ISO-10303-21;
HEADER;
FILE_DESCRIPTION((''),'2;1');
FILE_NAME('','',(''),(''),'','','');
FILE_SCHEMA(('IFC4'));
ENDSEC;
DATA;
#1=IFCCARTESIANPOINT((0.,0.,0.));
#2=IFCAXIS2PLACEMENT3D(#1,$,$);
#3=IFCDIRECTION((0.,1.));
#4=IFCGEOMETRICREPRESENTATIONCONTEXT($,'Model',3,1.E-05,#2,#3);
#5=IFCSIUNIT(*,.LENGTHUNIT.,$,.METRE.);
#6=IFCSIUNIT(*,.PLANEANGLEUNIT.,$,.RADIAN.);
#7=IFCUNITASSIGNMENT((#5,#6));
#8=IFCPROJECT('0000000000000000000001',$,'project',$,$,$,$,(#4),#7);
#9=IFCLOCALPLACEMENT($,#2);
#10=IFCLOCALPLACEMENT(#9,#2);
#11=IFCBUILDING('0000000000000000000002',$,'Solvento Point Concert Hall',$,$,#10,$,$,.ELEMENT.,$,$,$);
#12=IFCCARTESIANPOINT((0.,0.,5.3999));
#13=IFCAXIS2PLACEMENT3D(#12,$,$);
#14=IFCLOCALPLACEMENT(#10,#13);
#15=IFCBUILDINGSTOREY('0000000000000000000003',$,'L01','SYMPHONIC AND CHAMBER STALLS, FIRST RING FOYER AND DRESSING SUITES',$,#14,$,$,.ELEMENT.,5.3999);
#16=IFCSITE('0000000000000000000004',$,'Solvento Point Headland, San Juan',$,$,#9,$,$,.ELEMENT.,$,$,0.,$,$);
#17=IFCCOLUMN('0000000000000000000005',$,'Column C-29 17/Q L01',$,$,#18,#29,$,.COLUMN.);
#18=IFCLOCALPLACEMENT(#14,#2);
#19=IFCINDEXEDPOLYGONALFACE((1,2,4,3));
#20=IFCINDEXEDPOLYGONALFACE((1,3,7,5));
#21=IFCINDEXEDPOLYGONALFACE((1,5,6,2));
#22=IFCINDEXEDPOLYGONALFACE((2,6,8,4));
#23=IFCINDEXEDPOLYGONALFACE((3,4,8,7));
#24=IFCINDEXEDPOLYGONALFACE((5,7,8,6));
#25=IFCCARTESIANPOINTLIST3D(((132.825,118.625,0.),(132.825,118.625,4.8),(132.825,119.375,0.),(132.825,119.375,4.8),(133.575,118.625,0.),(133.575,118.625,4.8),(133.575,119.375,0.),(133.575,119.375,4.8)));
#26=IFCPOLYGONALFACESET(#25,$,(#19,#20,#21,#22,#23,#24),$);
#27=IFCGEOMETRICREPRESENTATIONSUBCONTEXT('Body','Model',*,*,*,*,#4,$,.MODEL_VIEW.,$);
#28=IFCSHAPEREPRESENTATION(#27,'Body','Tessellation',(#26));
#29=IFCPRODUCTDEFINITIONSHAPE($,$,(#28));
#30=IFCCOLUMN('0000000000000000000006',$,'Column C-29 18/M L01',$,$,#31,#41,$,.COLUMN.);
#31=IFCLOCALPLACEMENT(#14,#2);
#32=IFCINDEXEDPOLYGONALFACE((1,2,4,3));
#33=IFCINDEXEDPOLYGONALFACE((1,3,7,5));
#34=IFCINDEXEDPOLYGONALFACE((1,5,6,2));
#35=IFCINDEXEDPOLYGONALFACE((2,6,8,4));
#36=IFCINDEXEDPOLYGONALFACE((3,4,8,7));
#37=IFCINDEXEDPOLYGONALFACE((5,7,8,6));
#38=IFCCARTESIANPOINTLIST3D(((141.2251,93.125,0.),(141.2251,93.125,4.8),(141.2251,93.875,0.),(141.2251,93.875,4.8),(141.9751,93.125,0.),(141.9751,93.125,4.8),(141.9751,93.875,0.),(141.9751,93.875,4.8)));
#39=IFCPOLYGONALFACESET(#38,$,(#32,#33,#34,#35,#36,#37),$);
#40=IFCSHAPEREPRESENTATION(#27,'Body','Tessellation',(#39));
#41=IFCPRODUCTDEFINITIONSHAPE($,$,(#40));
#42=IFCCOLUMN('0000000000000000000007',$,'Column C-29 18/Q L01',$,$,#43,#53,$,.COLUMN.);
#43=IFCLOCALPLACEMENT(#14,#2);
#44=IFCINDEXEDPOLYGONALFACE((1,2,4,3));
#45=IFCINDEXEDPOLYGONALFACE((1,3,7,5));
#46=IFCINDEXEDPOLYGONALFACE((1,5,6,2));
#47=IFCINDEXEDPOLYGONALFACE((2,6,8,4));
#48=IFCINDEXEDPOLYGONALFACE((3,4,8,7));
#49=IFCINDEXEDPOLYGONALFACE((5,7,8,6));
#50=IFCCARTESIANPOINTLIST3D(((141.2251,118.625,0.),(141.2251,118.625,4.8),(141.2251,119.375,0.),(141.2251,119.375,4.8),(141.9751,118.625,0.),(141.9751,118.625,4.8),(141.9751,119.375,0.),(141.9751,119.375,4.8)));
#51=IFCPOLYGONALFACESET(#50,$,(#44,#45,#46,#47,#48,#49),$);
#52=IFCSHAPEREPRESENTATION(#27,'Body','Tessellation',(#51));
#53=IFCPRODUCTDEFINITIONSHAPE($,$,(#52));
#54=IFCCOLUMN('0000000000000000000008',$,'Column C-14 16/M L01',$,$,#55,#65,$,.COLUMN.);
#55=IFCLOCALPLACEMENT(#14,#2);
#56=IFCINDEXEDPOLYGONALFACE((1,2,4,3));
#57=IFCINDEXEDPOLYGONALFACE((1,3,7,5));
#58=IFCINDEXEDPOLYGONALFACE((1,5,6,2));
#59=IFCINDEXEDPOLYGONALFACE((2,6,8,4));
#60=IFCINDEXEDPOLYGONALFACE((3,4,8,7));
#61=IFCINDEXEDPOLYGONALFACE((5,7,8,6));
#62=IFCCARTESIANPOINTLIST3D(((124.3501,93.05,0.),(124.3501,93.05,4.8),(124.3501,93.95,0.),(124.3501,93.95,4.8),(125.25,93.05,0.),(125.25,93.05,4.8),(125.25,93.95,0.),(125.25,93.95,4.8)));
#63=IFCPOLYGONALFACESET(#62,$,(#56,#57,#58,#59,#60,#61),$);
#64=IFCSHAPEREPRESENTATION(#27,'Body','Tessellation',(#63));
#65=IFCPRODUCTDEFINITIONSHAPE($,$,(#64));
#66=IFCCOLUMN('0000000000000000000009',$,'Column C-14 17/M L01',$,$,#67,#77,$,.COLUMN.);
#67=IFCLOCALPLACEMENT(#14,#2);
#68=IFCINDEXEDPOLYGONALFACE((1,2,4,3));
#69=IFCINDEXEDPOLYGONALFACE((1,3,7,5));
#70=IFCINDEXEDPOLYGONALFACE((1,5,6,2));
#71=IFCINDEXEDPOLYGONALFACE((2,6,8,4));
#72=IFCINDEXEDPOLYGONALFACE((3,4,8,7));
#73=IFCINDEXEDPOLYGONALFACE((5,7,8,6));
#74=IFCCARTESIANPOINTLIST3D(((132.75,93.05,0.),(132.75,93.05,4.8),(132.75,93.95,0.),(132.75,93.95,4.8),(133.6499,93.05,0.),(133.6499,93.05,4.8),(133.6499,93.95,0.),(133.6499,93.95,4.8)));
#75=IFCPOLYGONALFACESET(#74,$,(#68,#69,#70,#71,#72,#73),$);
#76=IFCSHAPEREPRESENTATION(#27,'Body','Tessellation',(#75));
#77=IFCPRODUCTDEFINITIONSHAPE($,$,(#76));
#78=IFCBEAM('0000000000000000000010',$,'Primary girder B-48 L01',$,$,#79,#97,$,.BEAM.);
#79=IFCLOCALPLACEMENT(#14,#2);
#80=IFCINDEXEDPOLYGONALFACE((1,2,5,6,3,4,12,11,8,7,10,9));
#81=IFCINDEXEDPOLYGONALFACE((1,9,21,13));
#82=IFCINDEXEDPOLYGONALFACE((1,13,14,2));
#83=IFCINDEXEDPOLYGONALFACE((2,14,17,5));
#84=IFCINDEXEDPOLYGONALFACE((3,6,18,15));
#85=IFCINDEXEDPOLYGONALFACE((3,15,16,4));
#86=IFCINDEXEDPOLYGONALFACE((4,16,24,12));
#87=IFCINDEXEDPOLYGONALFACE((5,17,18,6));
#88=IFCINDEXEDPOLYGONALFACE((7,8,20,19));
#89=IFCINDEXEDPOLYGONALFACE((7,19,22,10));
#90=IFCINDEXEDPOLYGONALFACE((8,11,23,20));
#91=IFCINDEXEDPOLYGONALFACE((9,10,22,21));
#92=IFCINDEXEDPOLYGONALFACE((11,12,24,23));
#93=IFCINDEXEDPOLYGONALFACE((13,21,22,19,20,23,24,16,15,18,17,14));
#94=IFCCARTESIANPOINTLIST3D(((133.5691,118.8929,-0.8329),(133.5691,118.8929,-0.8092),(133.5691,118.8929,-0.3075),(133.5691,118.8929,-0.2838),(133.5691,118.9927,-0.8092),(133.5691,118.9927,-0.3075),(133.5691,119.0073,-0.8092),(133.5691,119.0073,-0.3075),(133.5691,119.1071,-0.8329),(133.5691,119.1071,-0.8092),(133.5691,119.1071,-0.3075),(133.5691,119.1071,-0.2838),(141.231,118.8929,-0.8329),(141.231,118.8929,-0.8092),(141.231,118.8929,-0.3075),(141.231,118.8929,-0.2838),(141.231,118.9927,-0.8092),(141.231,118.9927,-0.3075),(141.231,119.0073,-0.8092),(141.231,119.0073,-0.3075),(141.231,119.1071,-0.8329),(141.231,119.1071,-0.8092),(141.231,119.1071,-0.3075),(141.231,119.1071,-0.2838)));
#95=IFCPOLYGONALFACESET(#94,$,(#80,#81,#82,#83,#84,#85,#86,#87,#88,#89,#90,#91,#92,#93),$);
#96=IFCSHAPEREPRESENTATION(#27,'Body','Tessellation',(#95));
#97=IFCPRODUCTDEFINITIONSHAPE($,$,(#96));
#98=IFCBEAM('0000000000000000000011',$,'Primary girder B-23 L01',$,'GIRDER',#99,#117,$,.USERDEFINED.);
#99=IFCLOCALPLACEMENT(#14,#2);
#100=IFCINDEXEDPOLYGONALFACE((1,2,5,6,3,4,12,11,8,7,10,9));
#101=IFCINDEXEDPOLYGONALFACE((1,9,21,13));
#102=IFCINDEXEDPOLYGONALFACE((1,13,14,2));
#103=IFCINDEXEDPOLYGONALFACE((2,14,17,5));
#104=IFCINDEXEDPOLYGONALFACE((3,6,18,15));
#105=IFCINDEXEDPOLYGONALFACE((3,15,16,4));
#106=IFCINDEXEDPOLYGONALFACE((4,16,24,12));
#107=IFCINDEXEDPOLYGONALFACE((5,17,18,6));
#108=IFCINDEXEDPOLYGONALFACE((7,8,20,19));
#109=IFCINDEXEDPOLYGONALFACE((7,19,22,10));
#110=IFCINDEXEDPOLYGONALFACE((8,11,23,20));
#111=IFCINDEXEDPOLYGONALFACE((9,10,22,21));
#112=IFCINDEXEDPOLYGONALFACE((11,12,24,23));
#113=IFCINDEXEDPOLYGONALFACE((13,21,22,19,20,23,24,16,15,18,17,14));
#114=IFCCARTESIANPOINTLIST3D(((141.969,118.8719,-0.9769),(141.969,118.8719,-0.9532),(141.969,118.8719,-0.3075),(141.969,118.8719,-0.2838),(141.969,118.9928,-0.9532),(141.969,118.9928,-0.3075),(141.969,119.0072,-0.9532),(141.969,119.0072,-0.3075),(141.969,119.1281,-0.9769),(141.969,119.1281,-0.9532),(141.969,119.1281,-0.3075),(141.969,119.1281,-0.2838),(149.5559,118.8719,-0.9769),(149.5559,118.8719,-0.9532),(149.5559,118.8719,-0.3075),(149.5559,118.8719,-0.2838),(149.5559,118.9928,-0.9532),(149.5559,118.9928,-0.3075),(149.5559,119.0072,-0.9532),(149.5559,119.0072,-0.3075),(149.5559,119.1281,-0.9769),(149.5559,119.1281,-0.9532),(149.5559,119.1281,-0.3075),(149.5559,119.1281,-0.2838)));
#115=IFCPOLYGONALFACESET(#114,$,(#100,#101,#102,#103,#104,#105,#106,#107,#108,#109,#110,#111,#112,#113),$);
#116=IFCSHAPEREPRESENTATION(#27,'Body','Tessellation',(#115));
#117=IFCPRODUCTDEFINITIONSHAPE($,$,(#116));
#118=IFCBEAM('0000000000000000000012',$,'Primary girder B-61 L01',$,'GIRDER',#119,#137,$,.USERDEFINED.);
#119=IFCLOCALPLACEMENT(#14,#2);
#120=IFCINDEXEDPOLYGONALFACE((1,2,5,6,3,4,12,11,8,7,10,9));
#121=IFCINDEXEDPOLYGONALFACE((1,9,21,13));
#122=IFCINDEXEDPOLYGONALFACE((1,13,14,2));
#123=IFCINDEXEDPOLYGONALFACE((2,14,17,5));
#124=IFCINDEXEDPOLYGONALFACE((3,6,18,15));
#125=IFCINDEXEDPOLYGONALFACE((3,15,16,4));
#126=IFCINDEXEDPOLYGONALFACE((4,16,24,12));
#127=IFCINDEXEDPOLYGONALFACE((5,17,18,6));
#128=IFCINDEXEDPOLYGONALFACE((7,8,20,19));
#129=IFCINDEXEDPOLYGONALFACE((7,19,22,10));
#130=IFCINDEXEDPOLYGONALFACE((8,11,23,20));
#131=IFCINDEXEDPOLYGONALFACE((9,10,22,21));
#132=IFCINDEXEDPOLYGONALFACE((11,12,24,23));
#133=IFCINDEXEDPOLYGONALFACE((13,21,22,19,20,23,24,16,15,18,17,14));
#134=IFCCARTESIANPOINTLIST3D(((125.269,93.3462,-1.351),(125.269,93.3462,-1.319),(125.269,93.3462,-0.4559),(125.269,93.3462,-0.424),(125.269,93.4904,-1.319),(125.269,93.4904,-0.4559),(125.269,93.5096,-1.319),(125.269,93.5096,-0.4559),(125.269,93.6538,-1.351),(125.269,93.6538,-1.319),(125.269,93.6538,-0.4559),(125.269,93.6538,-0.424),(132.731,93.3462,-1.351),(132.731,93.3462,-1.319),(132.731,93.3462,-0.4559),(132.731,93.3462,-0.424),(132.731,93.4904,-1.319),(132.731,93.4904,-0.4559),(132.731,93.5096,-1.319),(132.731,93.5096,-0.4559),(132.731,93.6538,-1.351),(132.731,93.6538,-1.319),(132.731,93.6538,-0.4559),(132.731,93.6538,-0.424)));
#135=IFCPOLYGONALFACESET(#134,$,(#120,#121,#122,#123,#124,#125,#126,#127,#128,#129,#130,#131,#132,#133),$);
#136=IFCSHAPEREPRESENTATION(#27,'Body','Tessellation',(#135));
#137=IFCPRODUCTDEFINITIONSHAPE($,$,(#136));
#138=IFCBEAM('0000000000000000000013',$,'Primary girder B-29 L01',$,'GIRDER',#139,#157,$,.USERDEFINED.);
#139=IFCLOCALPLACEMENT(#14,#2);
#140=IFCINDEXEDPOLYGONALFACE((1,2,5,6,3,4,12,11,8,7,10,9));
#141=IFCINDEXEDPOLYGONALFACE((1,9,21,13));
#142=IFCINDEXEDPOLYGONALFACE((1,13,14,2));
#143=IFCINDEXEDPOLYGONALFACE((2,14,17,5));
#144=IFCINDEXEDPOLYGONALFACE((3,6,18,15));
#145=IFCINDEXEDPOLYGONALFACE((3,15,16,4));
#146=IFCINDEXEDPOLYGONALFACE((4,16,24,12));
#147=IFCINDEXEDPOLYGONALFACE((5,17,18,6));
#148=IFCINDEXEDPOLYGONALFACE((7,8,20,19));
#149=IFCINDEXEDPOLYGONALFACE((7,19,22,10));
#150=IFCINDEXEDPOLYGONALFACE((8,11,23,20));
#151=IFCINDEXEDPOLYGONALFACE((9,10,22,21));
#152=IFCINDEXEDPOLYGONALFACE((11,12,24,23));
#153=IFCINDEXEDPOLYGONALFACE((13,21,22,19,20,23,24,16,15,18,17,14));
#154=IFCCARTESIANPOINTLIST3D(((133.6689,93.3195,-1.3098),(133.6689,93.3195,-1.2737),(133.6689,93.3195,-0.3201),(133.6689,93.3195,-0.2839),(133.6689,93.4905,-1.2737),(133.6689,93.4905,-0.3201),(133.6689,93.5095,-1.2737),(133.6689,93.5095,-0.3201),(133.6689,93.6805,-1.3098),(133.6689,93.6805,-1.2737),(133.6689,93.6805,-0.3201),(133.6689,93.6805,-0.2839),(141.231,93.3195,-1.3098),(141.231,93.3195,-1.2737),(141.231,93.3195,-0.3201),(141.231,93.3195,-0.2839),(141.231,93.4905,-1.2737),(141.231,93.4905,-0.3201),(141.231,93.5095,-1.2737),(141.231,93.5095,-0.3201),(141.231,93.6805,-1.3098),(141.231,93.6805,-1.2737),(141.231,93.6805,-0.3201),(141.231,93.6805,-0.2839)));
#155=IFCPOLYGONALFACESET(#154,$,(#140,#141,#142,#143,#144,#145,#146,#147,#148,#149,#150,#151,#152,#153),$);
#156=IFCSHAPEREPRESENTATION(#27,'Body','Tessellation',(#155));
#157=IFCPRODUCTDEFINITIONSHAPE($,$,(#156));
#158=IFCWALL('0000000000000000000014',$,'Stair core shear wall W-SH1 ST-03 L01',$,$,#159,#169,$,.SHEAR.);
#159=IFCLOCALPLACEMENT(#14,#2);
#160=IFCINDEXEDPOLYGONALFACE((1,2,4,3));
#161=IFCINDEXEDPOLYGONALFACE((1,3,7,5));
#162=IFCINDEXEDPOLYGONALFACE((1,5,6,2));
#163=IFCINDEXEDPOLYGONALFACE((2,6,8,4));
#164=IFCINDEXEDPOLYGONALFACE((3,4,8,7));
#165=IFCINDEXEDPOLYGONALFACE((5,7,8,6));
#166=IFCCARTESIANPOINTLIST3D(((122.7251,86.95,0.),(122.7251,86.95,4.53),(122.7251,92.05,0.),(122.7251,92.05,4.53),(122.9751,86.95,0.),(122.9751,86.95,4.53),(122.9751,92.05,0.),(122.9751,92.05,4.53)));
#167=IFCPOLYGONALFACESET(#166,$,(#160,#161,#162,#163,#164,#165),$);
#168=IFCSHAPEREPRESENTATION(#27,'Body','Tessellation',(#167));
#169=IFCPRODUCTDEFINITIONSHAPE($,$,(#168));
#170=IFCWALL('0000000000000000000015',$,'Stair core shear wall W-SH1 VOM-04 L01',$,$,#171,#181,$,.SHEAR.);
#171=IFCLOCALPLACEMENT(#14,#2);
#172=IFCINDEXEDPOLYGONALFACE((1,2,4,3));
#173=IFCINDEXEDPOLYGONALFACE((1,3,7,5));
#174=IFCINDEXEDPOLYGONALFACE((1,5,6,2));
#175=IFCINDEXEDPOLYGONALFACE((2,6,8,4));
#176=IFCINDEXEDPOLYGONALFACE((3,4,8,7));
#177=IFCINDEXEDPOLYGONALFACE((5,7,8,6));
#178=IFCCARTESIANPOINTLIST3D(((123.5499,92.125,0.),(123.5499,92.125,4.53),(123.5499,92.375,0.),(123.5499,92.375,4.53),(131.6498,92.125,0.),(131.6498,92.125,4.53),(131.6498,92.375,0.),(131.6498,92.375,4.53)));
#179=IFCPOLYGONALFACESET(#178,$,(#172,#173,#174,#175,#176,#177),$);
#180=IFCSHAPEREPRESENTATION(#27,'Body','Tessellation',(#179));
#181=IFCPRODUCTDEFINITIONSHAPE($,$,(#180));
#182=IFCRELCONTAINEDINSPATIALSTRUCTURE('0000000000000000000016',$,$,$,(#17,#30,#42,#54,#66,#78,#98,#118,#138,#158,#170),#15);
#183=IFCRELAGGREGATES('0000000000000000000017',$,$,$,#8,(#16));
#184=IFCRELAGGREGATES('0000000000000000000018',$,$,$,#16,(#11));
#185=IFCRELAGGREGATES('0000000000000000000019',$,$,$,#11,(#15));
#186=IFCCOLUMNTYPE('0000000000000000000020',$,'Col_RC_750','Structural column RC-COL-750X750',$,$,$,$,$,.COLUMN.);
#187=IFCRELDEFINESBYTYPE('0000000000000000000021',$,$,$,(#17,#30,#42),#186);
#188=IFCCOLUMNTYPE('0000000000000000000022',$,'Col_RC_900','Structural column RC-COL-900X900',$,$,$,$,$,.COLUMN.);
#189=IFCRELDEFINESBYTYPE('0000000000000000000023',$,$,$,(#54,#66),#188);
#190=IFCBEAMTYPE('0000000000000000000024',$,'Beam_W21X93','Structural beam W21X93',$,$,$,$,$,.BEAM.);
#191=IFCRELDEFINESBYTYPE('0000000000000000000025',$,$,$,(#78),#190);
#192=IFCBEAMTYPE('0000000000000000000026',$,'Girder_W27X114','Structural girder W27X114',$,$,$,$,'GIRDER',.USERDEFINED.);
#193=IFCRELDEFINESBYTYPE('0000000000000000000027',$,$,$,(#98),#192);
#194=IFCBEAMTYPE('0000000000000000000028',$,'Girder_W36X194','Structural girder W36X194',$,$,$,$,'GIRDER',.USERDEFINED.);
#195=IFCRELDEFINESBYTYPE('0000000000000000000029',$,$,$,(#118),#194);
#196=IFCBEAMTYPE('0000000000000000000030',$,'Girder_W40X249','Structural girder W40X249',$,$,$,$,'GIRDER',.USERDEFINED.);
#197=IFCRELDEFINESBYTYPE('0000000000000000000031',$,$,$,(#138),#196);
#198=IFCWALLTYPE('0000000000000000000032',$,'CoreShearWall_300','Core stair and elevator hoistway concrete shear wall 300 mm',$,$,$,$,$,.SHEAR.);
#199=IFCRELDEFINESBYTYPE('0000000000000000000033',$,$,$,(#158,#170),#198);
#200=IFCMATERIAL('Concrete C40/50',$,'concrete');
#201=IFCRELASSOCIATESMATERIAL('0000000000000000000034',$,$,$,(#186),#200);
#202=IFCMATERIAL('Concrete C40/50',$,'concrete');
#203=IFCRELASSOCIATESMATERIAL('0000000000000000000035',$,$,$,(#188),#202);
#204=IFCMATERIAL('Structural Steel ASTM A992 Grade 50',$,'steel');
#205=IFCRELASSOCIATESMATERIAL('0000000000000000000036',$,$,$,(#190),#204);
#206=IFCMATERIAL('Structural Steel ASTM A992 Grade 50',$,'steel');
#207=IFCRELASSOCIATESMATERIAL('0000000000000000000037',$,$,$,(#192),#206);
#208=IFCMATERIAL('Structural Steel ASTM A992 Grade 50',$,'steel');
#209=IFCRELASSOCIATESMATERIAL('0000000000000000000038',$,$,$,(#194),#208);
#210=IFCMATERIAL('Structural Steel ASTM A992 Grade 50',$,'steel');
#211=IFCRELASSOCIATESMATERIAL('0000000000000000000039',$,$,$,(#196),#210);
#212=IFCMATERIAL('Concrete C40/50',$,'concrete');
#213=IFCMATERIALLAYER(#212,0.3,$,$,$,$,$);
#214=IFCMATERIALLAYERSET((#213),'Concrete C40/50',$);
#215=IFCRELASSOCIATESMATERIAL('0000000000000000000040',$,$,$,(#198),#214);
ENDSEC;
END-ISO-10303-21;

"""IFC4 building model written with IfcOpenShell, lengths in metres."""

from ifc_helpers import new_model, si_unit, direction, frame, frame_2d, origin, origin_2d, place, context, subcontext, project, spatial, rectangle, i_section, extrude, material, layer, layer_set, material_profile, profile_set, type_object, element, save


model = new_model("IFC4")

# Units and contexts
model_context = context("Model", 3, precision=1e-05, world=origin(), true_north=direction((0.0, 1.0)))
body_context = subcontext(model_context, "Body", "Model", "MODEL_VIEW")
ifc_project = project(units=[si_unit("LENGTHUNIT", "METRE"), si_unit("PLANEANGLEUNIT", "RADIAN")], contexts=[model_context])

# Site, building, storey
site_placement = place(None, origin())
site = spatial("IfcSite", under=ifc_project, at=site_placement, Name="Solvento Point Headland, San Juan", CompositionType="ELEMENT", RefElevation=0.0)
building_placement = place(site_placement, origin())
building = spatial("IfcBuilding", under=site, at=building_placement, Name="Solvento Point Concert Hall", CompositionType="ELEMENT")
storey_placement = place(building_placement, frame((0.0, 0.0, 5.3999)))
storey = spatial("IfcBuildingStorey", under=building, at=storey_placement, Name="L01", Description="SYMPHONIC AND CHAMBER STALLS, FIRST RING FOYER AND DRESSING SUITES", CompositionType="ELEMENT", Elevation=5.3999)

# Columns
ifc_material_1 = material(Name="Concrete C40/50", Category="concrete")
ifc_material_profile_1 = material_profile(ifc_material_1, rectangle(XDim=0.75, YDim=0.75, at=origin_2d()), Name="RC-COL-750X750")
ifc_profile_set_1 = profile_set([ifc_material_profile_1], Name="Concrete C40/50")
column_type_1 = type_object("IfcColumnType", Name="Col_RC_750", Description="Structural column RC-COL-750X750", PredefinedType="COLUMN", material=ifc_profile_set_1)
for number, where, z_axis, x_axis, name in (
    (1, (133.2, 119.0, 0.0), (0.0, 0.0, 1.0), (1.0, 0.0, 0.0), "Column C-29 17/Q L01"),
    (2, (141.6001, 93.5, 0.0), (0.0, 0.0, 1.0), (1.0, 0.0, 0.0), "Column C-29 18/M L01"),
    (3, (141.6001, 119.0, 0.0), (0.0, 0.0, 1.0), (1.0, 0.0, 0.0), "Column C-29 18/Q L01"),
):
    element("IfcColumn", number, at=place(storey_placement, frame(where, z_axis=z_axis, x_axis=x_axis)), inside=storey, type_object=column_type_1, Name=name, PredefinedType="COLUMN", context=body_context, shape_type="SweptSolid", body=[
        extrude(rectangle(XDim=0.75, YDim=0.75, at=origin_2d()), origin(), (0.0, 0.0, 1.0), 4.8),
    ])
ifc_material_2 = material(Name="Concrete C40/50", Category="concrete")
ifc_material_profile_2 = material_profile(ifc_material_2, rectangle(XDim=0.8999, YDim=0.8999, at=origin_2d()), Name="RC-COL-900X900")
ifc_profile_set_2 = profile_set([ifc_material_profile_2], Name="Concrete C40/50")
column_type_2 = type_object("IfcColumnType", Name="Col_RC_900", Description="Structural column RC-COL-900X900", PredefinedType="COLUMN", material=ifc_profile_set_2)
for number, where, z_axis, x_axis, name in (
    (4, (124.8, 93.5, 0.0), (0.0, 0.0, 1.0), (1.0, 0.0, 0.0), "Column C-14 16/M L01"),
    (5, (133.2, 93.5, 0.0), (0.0, 0.0, 1.0), (1.0, 0.0, 0.0), "Column C-14 17/M L01"),
):
    element("IfcColumn", number, at=place(storey_placement, frame(where, z_axis=z_axis, x_axis=x_axis)), inside=storey, type_object=column_type_2, Name=name, PredefinedType="COLUMN", context=body_context, shape_type="SweptSolid", body=[
        extrude(rectangle(XDim=0.8999, YDim=0.8999, at=origin_2d()), origin(), (0.0, 0.0, 1.0), 4.8),
    ])

# Beams
ifc_material_3 = material(Name="Structural Steel ASTM A992 Grade 50", Category="steel")
ifc_material_profile_3 = material_profile(ifc_material_3, i_section(OverallWidth=0.2141, OverallDepth=0.5491, WebThickness=0.0146, FlangeThickness=0.0237, at=origin_2d()), Name="W21X93")
ifc_profile_set_3 = profile_set([ifc_material_profile_3], Name="Structural Steel ASTM A992 Grade 50")
beam_type_1 = type_object("IfcBeamType", Name="Beam_W21X93", Description="Structural beam W21X93", PredefinedType="BEAM", material=ifc_profile_set_3)
beam_1_placement = place(storey_placement, frame((133.5691, 119.0, -0.5583), z_axis=(1.0, 0.0, 0.0), x_axis=(0.0, 1.0, 0.0)))
element("IfcBeam", 6, at=beam_1_placement, inside=storey, type_object=beam_type_1, Name="Primary girder B-48 L01", PredefinedType="BEAM", context=body_context, shape_type="SweptSolid", body=[
    extrude(i_section(OverallWidth=0.2141, OverallDepth=0.5491, WebThickness=0.0146, FlangeThickness=0.0237, at=origin_2d()), origin(), (0.0, 0.0, 1.0), 7.6619),
])
ifc_material_4 = material(Name="Structural Steel ASTM A992 Grade 50", Category="steel")
ifc_material_profile_4 = material_profile(ifc_material_4, i_section(OverallWidth=0.2561, OverallDepth=0.6931, WebThickness=0.0144, FlangeThickness=0.0237, at=origin_2d()), Name="W27X114")
ifc_profile_set_4 = profile_set([ifc_material_profile_4], Name="Structural Steel ASTM A992 Grade 50")
beam_type_2 = type_object("IfcBeamType", Name="Girder_W27X114", Description="Structural girder W27X114", ElementType="GIRDER", PredefinedType="USERDEFINED", material=ifc_profile_set_4)
beam_2_placement = place(storey_placement, frame((141.969, 119.0, -0.6304), z_axis=(1.0, 0.0, 0.0), x_axis=(0.0, 1.0, 0.0)))
element("IfcBeam", 7, at=beam_2_placement, inside=storey, type_object=beam_type_2, Name="Primary girder B-23 L01", ObjectType="GIRDER", PredefinedType="USERDEFINED", context=body_context, shape_type="SweptSolid", body=[
    extrude(i_section(OverallWidth=0.2561, OverallDepth=0.6931, WebThickness=0.0144, FlangeThickness=0.0237, at=origin_2d()), origin(), (0.0, 0.0, 1.0), 7.5869),
])
ifc_material_5 = material(Name="Structural Steel ASTM A992 Grade 50", Category="steel")
ifc_material_profile_5 = material_profile(ifc_material_5, i_section(OverallWidth=0.3076, OverallDepth=0.927, WebThickness=0.0193, FlangeThickness=0.032, at=origin_2d()), Name="W36X194")
ifc_profile_set_5 = profile_set([ifc_material_profile_5], Name="Structural Steel ASTM A992 Grade 50")
beam_type_3 = type_object("IfcBeamType", Name="Girder_W36X194", Description="Structural girder W36X194", ElementType="GIRDER", PredefinedType="USERDEFINED", material=ifc_profile_set_5)
beam_3_placement = place(storey_placement, frame((125.269, 93.5, -0.8875), z_axis=(1.0, 0.0, 0.0), x_axis=(0.0, 1.0, 0.0)))
element("IfcBeam", 8, at=beam_3_placement, inside=storey, type_object=beam_type_3, Name="Primary girder B-61 L01", ObjectType="GIRDER", PredefinedType="USERDEFINED", context=body_context, shape_type="SweptSolid", body=[
    extrude(i_section(OverallWidth=0.3076, OverallDepth=0.927, WebThickness=0.0193, FlangeThickness=0.032, at=origin_2d()), origin(), (0.0, 0.0, 1.0), 7.4619),
])
ifc_material_6 = material(Name="Structural Steel ASTM A992 Grade 50", Category="steel")
ifc_material_profile_6 = material_profile(ifc_material_6, i_section(OverallWidth=0.3611, OverallDepth=1.0259, WebThickness=0.019, FlangeThickness=0.0361, at=origin_2d()), Name="W40X249")
ifc_profile_set_6 = profile_set([ifc_material_profile_6], Name="Structural Steel ASTM A992 Grade 50")
beam_type_4 = type_object("IfcBeamType", Name="Girder_W40X249", Description="Structural girder W40X249", ElementType="GIRDER", PredefinedType="USERDEFINED", material=ifc_profile_set_6)
beam_4_placement = place(storey_placement, frame((133.6689, 93.5, -0.7969), z_axis=(1.0, 0.0, 0.0), x_axis=(0.0, 1.0, 0.0)))
element("IfcBeam", 9, at=beam_4_placement, inside=storey, type_object=beam_type_4, Name="Primary girder B-29 L01", ObjectType="GIRDER", PredefinedType="USERDEFINED", context=body_context, shape_type="SweptSolid", body=[
    extrude(i_section(OverallWidth=0.3611, OverallDepth=1.0259, WebThickness=0.019, FlangeThickness=0.0361, at=origin_2d()), origin(), (0.0, 0.0, 1.0), 7.562),
])

# Walls
ifc_material_7 = material(Name="Concrete C40/50", Category="concrete")
ifc_layer_1 = layer(ifc_material_7, 0.3)
ifc_layer_set_1 = layer_set([ifc_layer_1], Name="Concrete C40/50")
wall_type_1 = type_object("IfcWallType", Name="CoreShearWall_300", Description="Core stair and elevator hoistway concrete shear wall 300 mm", PredefinedType="SHEAR", material=ifc_layer_set_1)
wall_1_placement = place(storey_placement, frame((122.8501, 92.05, 0.0), z_axis=(0.0, 0.0, 1.0), x_axis=(0.0, -1.0, 0.0)))
element("IfcWall", 10, at=wall_1_placement, inside=storey, type_object=wall_type_1, Name="Stair core shear wall W-SH1 ST-03 L01", PredefinedType="SHEAR", context=body_context, shape_type="SweptSolid", body=[
    extrude(rectangle(XDim=5.1001, YDim=0.25, at=frame_2d((2.55, 0.0))), origin(), (0.0, 0.0, 1.0), 4.53),
])
wall_2_placement = place(storey_placement, frame((123.55, 92.25, 0.0), z_axis=(0.0, 0.0, 1.0), x_axis=(1.0, 0.0, 0.0)))
element("IfcWall", 11, at=wall_2_placement, inside=storey, type_object=wall_type_1, Name="Stair core shear wall W-SH1 VOM-04 L01", PredefinedType="SHEAR", context=body_context, shape_type="SweptSolid", body=[
    extrude(rectangle(XDim=8.0999, YDim=0.25, at=frame_2d((4.0498, 0.0))), origin(), (0.0, 0.0, 1.0), 4.53),
])

save(model, "model.ifc")
